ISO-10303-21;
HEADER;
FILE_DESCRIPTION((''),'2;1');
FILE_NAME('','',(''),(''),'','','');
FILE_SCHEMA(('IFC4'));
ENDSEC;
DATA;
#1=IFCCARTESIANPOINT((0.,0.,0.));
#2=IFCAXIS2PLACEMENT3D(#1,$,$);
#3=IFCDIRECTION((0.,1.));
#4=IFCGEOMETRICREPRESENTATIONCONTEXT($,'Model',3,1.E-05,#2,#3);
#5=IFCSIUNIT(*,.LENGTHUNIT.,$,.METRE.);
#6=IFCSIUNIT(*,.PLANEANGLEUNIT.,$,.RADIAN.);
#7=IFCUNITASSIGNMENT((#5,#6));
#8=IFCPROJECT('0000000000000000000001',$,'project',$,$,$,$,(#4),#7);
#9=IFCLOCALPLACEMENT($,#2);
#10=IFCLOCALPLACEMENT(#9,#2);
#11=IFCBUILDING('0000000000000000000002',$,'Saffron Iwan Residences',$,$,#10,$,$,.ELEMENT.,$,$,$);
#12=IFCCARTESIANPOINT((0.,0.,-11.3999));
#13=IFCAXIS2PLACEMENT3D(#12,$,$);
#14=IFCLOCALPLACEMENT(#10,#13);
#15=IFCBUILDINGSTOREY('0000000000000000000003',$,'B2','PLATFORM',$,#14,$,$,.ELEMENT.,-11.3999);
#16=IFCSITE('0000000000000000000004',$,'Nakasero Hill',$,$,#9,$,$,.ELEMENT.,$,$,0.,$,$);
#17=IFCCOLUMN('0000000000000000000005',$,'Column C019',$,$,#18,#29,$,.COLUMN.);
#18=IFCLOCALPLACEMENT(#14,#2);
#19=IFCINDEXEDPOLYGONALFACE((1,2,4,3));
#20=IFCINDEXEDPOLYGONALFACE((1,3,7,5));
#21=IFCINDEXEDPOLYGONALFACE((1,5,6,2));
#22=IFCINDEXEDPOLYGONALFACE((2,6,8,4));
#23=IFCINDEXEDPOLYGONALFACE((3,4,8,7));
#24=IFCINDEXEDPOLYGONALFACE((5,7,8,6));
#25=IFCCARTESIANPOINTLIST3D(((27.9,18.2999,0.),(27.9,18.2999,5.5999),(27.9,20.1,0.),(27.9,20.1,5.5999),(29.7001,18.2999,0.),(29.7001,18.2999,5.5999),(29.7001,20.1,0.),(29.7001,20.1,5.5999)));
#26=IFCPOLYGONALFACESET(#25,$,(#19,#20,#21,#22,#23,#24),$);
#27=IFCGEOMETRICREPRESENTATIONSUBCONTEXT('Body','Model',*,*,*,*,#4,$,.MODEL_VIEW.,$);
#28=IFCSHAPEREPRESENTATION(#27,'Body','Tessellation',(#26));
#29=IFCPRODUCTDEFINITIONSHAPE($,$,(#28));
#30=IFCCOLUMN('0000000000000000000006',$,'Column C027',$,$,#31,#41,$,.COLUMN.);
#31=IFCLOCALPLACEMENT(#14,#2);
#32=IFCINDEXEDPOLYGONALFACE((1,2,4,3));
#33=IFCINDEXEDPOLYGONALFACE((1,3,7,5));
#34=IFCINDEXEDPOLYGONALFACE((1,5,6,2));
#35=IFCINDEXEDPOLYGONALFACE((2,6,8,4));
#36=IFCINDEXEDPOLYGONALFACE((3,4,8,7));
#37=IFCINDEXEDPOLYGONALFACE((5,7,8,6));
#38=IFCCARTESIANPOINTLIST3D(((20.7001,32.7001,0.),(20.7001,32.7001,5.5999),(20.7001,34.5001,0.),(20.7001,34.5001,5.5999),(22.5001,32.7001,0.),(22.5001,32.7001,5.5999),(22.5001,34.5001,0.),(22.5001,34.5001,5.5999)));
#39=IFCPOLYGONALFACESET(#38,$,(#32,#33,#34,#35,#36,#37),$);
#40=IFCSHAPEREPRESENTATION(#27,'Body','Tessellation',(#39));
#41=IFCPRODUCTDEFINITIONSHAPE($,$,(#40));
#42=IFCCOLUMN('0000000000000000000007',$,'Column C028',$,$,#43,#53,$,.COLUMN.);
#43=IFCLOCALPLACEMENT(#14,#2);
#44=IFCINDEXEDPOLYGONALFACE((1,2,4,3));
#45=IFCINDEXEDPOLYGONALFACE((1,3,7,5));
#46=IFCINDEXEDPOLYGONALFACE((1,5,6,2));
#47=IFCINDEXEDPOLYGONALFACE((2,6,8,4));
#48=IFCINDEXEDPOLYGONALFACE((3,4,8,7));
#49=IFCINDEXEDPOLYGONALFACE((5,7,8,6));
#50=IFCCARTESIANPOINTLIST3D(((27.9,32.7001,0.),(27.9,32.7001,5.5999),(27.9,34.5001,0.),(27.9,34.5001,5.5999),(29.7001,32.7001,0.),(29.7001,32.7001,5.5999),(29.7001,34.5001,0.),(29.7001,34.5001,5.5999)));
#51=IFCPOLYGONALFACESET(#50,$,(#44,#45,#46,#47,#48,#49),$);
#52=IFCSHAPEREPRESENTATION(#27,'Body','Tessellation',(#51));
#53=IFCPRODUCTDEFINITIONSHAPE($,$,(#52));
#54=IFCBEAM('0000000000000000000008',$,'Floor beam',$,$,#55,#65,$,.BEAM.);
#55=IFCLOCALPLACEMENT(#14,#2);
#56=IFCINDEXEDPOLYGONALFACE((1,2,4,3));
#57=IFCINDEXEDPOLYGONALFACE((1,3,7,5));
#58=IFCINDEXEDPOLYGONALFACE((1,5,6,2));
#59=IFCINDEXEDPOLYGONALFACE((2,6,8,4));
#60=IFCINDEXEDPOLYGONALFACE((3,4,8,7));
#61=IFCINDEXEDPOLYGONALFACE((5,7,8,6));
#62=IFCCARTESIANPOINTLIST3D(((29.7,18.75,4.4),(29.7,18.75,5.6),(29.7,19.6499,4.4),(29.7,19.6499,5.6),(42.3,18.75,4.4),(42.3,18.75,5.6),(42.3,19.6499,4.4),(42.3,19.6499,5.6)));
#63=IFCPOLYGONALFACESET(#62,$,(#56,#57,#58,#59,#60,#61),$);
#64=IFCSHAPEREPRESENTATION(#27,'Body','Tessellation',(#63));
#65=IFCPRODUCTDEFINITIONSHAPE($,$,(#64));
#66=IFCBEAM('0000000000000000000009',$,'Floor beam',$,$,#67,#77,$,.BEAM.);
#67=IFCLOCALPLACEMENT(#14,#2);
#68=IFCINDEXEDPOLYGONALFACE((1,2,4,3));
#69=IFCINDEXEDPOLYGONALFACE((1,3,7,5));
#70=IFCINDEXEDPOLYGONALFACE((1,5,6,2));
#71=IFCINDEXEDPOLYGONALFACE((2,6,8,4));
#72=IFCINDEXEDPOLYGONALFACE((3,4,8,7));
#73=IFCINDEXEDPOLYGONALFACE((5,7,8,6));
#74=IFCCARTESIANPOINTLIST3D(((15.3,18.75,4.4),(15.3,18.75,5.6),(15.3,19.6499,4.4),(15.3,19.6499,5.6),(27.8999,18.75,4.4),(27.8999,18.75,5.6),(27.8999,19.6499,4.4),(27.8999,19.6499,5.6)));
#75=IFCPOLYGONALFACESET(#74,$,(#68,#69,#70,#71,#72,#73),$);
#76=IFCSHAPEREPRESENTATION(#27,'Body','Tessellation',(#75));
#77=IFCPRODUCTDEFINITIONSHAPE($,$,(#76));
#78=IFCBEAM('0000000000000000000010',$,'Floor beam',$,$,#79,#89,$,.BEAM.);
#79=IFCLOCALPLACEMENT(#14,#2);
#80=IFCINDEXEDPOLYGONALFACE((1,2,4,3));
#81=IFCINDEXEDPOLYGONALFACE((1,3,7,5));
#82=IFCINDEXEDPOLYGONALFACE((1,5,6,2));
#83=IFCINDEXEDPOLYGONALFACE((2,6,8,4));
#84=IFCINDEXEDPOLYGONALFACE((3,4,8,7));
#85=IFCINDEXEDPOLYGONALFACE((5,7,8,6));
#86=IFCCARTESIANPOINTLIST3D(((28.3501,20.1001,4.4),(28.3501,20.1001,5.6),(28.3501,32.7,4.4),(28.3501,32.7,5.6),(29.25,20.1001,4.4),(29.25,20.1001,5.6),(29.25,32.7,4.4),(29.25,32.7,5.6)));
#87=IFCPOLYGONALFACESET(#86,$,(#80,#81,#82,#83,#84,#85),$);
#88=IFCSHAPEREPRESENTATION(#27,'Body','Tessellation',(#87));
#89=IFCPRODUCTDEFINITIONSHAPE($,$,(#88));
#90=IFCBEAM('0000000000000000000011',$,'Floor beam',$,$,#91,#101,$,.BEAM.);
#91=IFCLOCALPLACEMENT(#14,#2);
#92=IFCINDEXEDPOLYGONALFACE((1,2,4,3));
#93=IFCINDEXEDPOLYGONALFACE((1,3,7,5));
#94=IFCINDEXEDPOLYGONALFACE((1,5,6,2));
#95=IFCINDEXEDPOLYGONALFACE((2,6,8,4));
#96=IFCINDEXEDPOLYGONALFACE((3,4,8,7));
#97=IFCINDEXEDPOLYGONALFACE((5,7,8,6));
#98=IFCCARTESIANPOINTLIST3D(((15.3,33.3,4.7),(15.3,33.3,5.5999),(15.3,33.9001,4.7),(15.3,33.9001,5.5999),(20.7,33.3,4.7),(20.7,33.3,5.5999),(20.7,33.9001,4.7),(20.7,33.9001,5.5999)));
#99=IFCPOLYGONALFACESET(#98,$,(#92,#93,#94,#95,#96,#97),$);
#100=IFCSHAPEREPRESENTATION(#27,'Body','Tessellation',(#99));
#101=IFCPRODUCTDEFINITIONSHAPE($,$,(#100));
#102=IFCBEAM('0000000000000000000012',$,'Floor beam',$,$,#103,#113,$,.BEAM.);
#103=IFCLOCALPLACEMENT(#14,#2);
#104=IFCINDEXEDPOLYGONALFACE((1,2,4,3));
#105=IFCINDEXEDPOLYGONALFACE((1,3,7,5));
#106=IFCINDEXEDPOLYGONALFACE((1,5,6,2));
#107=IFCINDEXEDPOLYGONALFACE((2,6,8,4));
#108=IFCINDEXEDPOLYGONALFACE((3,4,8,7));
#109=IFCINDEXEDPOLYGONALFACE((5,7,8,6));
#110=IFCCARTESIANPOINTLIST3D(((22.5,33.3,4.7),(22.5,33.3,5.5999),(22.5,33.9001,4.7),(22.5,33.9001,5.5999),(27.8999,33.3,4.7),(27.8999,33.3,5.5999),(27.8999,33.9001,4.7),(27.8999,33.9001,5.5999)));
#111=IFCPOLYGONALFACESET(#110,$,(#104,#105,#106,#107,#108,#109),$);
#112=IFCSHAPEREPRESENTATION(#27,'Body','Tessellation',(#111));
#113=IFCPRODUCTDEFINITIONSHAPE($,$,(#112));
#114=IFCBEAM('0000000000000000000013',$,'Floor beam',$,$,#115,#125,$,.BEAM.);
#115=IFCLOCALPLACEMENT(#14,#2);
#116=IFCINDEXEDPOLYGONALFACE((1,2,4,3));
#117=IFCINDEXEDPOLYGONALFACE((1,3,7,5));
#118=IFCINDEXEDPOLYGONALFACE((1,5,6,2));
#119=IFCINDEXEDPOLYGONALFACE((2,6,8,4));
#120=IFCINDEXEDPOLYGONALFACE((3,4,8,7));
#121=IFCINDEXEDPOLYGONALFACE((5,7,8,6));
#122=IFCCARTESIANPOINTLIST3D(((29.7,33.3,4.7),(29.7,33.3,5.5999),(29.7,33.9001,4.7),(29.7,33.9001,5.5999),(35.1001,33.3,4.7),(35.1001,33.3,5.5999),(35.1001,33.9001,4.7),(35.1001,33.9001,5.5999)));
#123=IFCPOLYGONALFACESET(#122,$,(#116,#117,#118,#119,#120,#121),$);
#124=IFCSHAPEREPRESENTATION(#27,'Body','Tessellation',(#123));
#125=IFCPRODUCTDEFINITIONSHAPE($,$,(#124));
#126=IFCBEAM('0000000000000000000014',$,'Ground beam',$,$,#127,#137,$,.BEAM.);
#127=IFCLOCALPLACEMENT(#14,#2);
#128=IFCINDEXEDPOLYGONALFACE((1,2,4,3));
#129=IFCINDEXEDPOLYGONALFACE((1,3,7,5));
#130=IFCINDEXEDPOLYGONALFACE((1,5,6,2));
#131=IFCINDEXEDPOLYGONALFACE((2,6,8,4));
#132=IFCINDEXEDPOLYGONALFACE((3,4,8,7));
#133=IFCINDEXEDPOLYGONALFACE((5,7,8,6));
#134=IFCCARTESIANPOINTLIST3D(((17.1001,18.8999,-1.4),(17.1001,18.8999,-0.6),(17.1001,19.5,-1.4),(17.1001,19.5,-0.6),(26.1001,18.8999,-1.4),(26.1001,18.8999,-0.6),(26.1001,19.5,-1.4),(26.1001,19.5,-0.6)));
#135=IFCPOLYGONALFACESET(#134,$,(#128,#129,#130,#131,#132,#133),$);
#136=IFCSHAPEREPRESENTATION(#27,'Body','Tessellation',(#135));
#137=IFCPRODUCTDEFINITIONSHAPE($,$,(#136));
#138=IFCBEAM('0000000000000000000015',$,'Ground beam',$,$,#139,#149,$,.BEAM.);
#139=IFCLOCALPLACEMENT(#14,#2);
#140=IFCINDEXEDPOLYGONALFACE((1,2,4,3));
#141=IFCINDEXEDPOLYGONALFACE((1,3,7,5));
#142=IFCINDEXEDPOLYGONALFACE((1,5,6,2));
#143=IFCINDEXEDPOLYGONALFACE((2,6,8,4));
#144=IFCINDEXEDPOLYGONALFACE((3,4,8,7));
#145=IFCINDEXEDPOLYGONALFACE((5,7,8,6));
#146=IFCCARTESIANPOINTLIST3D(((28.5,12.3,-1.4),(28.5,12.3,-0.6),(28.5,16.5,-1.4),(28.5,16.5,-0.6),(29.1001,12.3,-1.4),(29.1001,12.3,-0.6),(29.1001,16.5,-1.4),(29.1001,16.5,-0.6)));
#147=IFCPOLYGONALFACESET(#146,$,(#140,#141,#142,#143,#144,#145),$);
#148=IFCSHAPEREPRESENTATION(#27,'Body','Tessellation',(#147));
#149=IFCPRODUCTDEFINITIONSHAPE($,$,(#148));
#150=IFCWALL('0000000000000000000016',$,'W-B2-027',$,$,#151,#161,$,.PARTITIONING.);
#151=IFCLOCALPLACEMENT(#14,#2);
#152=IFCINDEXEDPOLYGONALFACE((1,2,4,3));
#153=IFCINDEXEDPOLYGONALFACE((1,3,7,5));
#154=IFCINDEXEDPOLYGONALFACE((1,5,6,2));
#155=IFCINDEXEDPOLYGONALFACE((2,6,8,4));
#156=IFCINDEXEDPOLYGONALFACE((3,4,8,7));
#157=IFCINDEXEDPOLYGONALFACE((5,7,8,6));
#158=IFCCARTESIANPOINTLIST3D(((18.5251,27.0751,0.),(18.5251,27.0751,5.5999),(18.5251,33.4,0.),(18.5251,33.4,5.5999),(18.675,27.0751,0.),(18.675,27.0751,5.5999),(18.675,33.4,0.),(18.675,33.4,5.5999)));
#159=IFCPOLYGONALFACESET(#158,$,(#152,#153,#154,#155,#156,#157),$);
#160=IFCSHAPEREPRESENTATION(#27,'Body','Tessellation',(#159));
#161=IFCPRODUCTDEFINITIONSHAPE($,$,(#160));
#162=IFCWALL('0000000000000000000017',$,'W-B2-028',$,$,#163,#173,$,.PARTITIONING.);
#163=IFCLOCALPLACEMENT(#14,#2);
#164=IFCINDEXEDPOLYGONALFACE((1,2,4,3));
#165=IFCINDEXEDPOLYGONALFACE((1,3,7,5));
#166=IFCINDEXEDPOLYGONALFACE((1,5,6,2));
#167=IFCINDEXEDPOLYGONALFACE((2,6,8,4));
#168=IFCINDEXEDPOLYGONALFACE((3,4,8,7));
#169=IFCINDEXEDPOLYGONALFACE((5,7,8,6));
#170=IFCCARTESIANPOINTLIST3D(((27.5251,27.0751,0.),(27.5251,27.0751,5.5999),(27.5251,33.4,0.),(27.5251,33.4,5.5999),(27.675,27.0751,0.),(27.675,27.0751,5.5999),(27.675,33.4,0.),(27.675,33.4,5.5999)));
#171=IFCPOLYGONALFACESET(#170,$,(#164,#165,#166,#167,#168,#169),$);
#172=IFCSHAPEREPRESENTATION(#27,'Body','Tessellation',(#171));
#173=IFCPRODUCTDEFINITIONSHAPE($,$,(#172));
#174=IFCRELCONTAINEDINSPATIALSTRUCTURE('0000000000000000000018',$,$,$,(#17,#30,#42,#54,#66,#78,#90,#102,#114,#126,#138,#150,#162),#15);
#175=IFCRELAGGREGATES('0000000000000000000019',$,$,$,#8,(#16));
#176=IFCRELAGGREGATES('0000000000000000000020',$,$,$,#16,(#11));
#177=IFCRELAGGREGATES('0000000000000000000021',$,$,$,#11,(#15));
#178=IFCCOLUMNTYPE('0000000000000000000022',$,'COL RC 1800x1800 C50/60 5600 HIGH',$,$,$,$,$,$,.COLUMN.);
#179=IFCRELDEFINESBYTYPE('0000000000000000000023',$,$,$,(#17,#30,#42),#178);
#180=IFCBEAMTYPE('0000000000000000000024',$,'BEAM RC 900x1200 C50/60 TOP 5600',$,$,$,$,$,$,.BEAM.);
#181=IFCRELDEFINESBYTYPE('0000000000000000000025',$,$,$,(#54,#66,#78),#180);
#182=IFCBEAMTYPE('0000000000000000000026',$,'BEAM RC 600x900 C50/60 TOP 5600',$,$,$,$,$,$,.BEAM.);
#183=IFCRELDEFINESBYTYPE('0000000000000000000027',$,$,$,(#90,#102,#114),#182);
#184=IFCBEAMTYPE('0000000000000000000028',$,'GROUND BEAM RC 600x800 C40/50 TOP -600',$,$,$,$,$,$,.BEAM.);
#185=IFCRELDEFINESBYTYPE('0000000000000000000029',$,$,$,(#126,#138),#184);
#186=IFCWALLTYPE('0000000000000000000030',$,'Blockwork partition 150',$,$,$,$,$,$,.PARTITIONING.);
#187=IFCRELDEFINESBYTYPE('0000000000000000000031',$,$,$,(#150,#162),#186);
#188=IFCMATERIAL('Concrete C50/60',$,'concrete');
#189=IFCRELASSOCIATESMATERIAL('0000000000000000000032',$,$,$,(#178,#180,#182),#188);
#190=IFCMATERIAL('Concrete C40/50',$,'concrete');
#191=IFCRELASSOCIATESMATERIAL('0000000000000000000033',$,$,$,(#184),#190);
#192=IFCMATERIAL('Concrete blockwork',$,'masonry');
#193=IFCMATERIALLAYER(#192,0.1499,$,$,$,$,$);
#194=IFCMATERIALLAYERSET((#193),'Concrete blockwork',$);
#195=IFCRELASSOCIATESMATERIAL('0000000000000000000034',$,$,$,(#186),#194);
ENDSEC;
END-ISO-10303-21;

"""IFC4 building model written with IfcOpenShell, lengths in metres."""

from ifc_helpers import new_model, si_unit, direction, frame, frame_2d, origin, origin_2d, place, context, subcontext, project, spatial, rectangle, extrude, source, transform, mapped, material, layer, layer_set, material_profile, profile_set, type_object, element, save


model = new_model("IFC4")

# Units and contexts
model_context = context("Model", 3, precision=1e-05, world=origin(), true_north=direction((0.0, 1.0)))
body_context = subcontext(model_context, "Body", "Model", "MODEL_VIEW")
ifc_project = project(units=[si_unit("LENGTHUNIT", "METRE"), si_unit("PLANEANGLEUNIT", "RADIAN")], contexts=[model_context])

# Site, building, storey
site_placement = place(None, origin())
site = spatial("IfcSite", under=ifc_project, at=site_placement, Name="Nakasero Hill", CompositionType="ELEMENT", RefElevation=0.0)
building_placement = place(site_placement, origin())
building = spatial("IfcBuilding", under=site, at=building_placement, Name="Saffron Iwan Residences", CompositionType="ELEMENT")
storey_placement = place(building_placement, frame((0.0, 0.0, -11.3999)))
storey = spatial("IfcBuildingStorey", under=building, at=storey_placement, Name="B2", Description="PLATFORM", CompositionType="ELEMENT", Elevation=-11.3999)

# Shared definitions
ifc_material_1 = material(Name="Concrete C40/50", Category="concrete")

# Columns
ifc_material_2 = material(Name="Concrete C50/60", Category="concrete")
ifc_material_profile_1 = material_profile(ifc_material_2, rectangle(XDim=1.8, YDim=1.8, at=origin_2d()), Name="RC 1800x1800")
ifc_profile_set_1 = profile_set([ifc_material_profile_1], Name="Concrete C50/60")
column_type = type_object("IfcColumnType", Name="COL RC 1800x1800 C50/60 5600 HIGH", PredefinedType="COLUMN", material=ifc_profile_set_1)
shared_shape_1 = source(origin(), body_context, "Body", "SweptSolid", [
    extrude(rectangle(XDim=1.8, YDim=1.8, at=origin_2d()), origin(), (0.0, 0.0, 1.0), 5.5999),
])
for number, where, z_axis, x_axis, name in (
    (1, (28.8, 19.2, 0.0), (0.0, 0.0, 1.0), (1.0, 0.0, 0.0), "Column C019"),
    (2, (21.6001, 33.6001, 0.0), (0.0, 0.0, 1.0), (1.0, 0.0, 0.0), "Column C027"),
    (3, (28.8, 33.6001, 0.0), (0.0, 0.0, 1.0), (1.0, 0.0, 0.0), "Column C028"),
):
    element("IfcColumn", number, at=place(storey_placement, frame(where, z_axis=z_axis, x_axis=x_axis)), inside=storey, type_object=column_type, Name=name, PredefinedType="COLUMN", context=body_context, shape_type="MappedRepresentation", body=[
        mapped(shared_shape_1, transform((0.0, 0.0, 0.0))),
    ])

# Beams
ifc_material_profile_2 = material_profile(ifc_material_2, rectangle(XDim=0.8999, YDim=1.2, at=origin_2d()), Name="RC 900x1200")
ifc_profile_set_2 = profile_set([ifc_material_profile_2], Name="Concrete C50/60")
beam_type_1 = type_object("IfcBeamType", Name="BEAM RC 900x1200 C50/60 TOP 5600", PredefinedType="BEAM", material=ifc_profile_set_2)
shared_shape_2 = source(origin(), body_context, "Body", "SweptSolid", [
    extrude(rectangle(XDim=0.8999, YDim=1.2, at=origin_2d()), origin(), (0.0, 0.0, 1.0), 12.6001),
])
beam_1_placement = place(storey_placement, frame((29.7, 19.2, 5.0), z_axis=(1.0, 0.0, 0.0), x_axis=(0.0, 1.0, 0.0)))
element("IfcBeam", 4, at=beam_1_placement, inside=storey, type_object=beam_type_1, Name="Floor beam", PredefinedType="BEAM", context=body_context, shape_type="MappedRepresentation", body=[
    mapped(shared_shape_2, transform((0.0, 0.0, 0.0))),
])
shared_shape_3 = source(origin(), body_context, "Body", "SweptSolid", [
    extrude(rectangle(XDim=0.8999, YDim=1.2, at=origin_2d()), origin(), (0.0, 0.0, 1.0), 12.5999),
])
for number, where, z_axis, x_axis, name in (
    (5, (15.3, 19.2, 5.0), (1.0, 0.0, 0.0), (0.0, 1.0, 0.0), "Floor beam"),
    (6, (28.8, 20.1001, 5.0), (0.0, 1.0, 0.0), (-1.0, 0.0, 0.0), "Floor beam"),
):
    element("IfcBeam", number, at=place(storey_placement, frame(where, z_axis=z_axis, x_axis=x_axis)), inside=storey, type_object=beam_type_1, Name=name, PredefinedType="BEAM", context=body_context, shape_type="MappedRepresentation", body=[
        mapped(shared_shape_3, transform((0.0, 0.0, 0.0))),
    ])
ifc_material_profile_3 = material_profile(ifc_material_2, rectangle(XDim=0.6001, YDim=0.8999, at=origin_2d()), Name="RC 600x900")
ifc_profile_set_3 = profile_set([ifc_material_profile_3], Name="Concrete C50/60")
beam_type_2 = type_object("IfcBeamType", Name="BEAM RC 600x900 C50/60 TOP 5600", PredefinedType="BEAM", material=ifc_profile_set_3)
shared_shape_4 = source(origin(), body_context, "Body", "SweptSolid", [
    extrude(rectangle(XDim=0.6001, YDim=0.8999, at=origin_2d()), origin(), (0.0, 0.0, 1.0), 5.3999),
])
for number, where, z_axis, x_axis, name in (
    (7, (15.3, 33.6001, 5.1499), (1.0, 0.0, 0.0), (0.0, 1.0, 0.0), "Floor beam"),
    (8, (22.5, 33.6001, 5.1499), (1.0, 0.0, 0.0), (0.0, 1.0, 0.0), "Floor beam"),
):
    element("IfcBeam", number, at=place(storey_placement, frame(where, z_axis=z_axis, x_axis=x_axis)), inside=storey, type_object=beam_type_2, Name=name, PredefinedType="BEAM", context=body_context, shape_type="MappedRepresentation", body=[
        mapped(shared_shape_4, transform((0.0, 0.0, 0.0))),
    ])
shared_shape_5 = source(origin(), body_context, "Body", "SweptSolid", [
    extrude(rectangle(XDim=0.6001, YDim=0.8999, at=origin_2d()), origin(), (0.0, 0.0, 1.0), 5.4001),
])
beam_2_placement = place(storey_placement, frame((29.7, 33.6001, 5.1499), z_axis=(1.0, 0.0, 0.0), x_axis=(0.0, 1.0, 0.0)))
element("IfcBeam", 9, at=beam_2_placement, inside=storey, type_object=beam_type_2, Name="Floor beam", PredefinedType="BEAM", context=body_context, shape_type="MappedRepresentation", body=[
    mapped(shared_shape_5, transform((0.0, 0.0, 0.0))),
])
ifc_material_profile_4 = material_profile(ifc_material_1, rectangle(XDim=0.6001, YDim=0.8, at=origin_2d()), Name="RC 600x800")
ifc_profile_set_4 = profile_set([ifc_material_profile_4], Name="Concrete C40/50")
beam_type_3 = type_object("IfcBeamType", Name="GROUND BEAM RC 600x800 C40/50 TOP -600", PredefinedType="BEAM", material=ifc_profile_set_4)
shared_shape_6 = source(origin(), body_context, "Body", "SweptSolid", [
    extrude(rectangle(XDim=0.6001, YDim=0.8, at=origin_2d()), origin(), (0.0, 0.0, 1.0), 9.0),
])
beam_3_placement = place(storey_placement, frame((17.1001, 19.2, -1.0), z_axis=(1.0, 0.0, 0.0), x_axis=(0.0, 1.0, 0.0)))
element("IfcBeam", 10, at=beam_3_placement, inside=storey, type_object=beam_type_3, Name="Ground beam", PredefinedType="BEAM", context=body_context, shape_type="MappedRepresentation", body=[
    mapped(shared_shape_6, transform((0.0, 0.0, 0.0))),
])
shared_shape_7 = source(origin(), body_context, "Body", "SweptSolid", [
    extrude(rectangle(XDim=0.6001, YDim=0.8, at=origin_2d()), origin(), (0.0, 0.0, 1.0), 4.2),
])
beam_4_placement = place(storey_placement, frame((28.8, 12.3, -1.0), z_axis=(0.0, 1.0, 0.0), x_axis=(-1.0, 0.0, 0.0)))
element("IfcBeam", 11, at=beam_4_placement, inside=storey, type_object=beam_type_3, Name="Ground beam", PredefinedType="BEAM", context=body_context, shape_type="MappedRepresentation", body=[
    mapped(shared_shape_7, transform((0.0, 0.0, 0.0))),
])

# Walls
ifc_material_3 = material(Name="Concrete blockwork", Category="masonry")
ifc_layer = layer(ifc_material_3, 0.1499)
ifc_layer_set = layer_set([ifc_layer], Name="Concrete blockwork")
wall_type = type_object("IfcWallType", Name="Blockwork partition 150", PredefinedType="PARTITIONING", material=ifc_layer_set)
for number, where, z_axis, x_axis, name in (
    (12, (18.6001, 27.075, 0.0), (0.0, 0.0, 1.0), (0.0, 1.0, 0.0), "W-B2-027"),
    (13, (27.6001, 27.075, 0.0), (0.0, 0.0, 1.0), (0.0, 1.0, 0.0), "W-B2-028"),
):
    element("IfcWall", number, at=place(storey_placement, frame(where, z_axis=z_axis, x_axis=x_axis)), inside=storey, type_object=wall_type, Name=name, PredefinedType="PARTITIONING", context=body_context, shape_type="SweptSolid", body=[
        extrude(rectangle(XDim=6.325, YDim=0.1499, at=frame_2d((3.1626, 0.0))), origin(), (0.0, 0.0, 1.0), 5.5999),
    ])

save(model, "model.ifc")
